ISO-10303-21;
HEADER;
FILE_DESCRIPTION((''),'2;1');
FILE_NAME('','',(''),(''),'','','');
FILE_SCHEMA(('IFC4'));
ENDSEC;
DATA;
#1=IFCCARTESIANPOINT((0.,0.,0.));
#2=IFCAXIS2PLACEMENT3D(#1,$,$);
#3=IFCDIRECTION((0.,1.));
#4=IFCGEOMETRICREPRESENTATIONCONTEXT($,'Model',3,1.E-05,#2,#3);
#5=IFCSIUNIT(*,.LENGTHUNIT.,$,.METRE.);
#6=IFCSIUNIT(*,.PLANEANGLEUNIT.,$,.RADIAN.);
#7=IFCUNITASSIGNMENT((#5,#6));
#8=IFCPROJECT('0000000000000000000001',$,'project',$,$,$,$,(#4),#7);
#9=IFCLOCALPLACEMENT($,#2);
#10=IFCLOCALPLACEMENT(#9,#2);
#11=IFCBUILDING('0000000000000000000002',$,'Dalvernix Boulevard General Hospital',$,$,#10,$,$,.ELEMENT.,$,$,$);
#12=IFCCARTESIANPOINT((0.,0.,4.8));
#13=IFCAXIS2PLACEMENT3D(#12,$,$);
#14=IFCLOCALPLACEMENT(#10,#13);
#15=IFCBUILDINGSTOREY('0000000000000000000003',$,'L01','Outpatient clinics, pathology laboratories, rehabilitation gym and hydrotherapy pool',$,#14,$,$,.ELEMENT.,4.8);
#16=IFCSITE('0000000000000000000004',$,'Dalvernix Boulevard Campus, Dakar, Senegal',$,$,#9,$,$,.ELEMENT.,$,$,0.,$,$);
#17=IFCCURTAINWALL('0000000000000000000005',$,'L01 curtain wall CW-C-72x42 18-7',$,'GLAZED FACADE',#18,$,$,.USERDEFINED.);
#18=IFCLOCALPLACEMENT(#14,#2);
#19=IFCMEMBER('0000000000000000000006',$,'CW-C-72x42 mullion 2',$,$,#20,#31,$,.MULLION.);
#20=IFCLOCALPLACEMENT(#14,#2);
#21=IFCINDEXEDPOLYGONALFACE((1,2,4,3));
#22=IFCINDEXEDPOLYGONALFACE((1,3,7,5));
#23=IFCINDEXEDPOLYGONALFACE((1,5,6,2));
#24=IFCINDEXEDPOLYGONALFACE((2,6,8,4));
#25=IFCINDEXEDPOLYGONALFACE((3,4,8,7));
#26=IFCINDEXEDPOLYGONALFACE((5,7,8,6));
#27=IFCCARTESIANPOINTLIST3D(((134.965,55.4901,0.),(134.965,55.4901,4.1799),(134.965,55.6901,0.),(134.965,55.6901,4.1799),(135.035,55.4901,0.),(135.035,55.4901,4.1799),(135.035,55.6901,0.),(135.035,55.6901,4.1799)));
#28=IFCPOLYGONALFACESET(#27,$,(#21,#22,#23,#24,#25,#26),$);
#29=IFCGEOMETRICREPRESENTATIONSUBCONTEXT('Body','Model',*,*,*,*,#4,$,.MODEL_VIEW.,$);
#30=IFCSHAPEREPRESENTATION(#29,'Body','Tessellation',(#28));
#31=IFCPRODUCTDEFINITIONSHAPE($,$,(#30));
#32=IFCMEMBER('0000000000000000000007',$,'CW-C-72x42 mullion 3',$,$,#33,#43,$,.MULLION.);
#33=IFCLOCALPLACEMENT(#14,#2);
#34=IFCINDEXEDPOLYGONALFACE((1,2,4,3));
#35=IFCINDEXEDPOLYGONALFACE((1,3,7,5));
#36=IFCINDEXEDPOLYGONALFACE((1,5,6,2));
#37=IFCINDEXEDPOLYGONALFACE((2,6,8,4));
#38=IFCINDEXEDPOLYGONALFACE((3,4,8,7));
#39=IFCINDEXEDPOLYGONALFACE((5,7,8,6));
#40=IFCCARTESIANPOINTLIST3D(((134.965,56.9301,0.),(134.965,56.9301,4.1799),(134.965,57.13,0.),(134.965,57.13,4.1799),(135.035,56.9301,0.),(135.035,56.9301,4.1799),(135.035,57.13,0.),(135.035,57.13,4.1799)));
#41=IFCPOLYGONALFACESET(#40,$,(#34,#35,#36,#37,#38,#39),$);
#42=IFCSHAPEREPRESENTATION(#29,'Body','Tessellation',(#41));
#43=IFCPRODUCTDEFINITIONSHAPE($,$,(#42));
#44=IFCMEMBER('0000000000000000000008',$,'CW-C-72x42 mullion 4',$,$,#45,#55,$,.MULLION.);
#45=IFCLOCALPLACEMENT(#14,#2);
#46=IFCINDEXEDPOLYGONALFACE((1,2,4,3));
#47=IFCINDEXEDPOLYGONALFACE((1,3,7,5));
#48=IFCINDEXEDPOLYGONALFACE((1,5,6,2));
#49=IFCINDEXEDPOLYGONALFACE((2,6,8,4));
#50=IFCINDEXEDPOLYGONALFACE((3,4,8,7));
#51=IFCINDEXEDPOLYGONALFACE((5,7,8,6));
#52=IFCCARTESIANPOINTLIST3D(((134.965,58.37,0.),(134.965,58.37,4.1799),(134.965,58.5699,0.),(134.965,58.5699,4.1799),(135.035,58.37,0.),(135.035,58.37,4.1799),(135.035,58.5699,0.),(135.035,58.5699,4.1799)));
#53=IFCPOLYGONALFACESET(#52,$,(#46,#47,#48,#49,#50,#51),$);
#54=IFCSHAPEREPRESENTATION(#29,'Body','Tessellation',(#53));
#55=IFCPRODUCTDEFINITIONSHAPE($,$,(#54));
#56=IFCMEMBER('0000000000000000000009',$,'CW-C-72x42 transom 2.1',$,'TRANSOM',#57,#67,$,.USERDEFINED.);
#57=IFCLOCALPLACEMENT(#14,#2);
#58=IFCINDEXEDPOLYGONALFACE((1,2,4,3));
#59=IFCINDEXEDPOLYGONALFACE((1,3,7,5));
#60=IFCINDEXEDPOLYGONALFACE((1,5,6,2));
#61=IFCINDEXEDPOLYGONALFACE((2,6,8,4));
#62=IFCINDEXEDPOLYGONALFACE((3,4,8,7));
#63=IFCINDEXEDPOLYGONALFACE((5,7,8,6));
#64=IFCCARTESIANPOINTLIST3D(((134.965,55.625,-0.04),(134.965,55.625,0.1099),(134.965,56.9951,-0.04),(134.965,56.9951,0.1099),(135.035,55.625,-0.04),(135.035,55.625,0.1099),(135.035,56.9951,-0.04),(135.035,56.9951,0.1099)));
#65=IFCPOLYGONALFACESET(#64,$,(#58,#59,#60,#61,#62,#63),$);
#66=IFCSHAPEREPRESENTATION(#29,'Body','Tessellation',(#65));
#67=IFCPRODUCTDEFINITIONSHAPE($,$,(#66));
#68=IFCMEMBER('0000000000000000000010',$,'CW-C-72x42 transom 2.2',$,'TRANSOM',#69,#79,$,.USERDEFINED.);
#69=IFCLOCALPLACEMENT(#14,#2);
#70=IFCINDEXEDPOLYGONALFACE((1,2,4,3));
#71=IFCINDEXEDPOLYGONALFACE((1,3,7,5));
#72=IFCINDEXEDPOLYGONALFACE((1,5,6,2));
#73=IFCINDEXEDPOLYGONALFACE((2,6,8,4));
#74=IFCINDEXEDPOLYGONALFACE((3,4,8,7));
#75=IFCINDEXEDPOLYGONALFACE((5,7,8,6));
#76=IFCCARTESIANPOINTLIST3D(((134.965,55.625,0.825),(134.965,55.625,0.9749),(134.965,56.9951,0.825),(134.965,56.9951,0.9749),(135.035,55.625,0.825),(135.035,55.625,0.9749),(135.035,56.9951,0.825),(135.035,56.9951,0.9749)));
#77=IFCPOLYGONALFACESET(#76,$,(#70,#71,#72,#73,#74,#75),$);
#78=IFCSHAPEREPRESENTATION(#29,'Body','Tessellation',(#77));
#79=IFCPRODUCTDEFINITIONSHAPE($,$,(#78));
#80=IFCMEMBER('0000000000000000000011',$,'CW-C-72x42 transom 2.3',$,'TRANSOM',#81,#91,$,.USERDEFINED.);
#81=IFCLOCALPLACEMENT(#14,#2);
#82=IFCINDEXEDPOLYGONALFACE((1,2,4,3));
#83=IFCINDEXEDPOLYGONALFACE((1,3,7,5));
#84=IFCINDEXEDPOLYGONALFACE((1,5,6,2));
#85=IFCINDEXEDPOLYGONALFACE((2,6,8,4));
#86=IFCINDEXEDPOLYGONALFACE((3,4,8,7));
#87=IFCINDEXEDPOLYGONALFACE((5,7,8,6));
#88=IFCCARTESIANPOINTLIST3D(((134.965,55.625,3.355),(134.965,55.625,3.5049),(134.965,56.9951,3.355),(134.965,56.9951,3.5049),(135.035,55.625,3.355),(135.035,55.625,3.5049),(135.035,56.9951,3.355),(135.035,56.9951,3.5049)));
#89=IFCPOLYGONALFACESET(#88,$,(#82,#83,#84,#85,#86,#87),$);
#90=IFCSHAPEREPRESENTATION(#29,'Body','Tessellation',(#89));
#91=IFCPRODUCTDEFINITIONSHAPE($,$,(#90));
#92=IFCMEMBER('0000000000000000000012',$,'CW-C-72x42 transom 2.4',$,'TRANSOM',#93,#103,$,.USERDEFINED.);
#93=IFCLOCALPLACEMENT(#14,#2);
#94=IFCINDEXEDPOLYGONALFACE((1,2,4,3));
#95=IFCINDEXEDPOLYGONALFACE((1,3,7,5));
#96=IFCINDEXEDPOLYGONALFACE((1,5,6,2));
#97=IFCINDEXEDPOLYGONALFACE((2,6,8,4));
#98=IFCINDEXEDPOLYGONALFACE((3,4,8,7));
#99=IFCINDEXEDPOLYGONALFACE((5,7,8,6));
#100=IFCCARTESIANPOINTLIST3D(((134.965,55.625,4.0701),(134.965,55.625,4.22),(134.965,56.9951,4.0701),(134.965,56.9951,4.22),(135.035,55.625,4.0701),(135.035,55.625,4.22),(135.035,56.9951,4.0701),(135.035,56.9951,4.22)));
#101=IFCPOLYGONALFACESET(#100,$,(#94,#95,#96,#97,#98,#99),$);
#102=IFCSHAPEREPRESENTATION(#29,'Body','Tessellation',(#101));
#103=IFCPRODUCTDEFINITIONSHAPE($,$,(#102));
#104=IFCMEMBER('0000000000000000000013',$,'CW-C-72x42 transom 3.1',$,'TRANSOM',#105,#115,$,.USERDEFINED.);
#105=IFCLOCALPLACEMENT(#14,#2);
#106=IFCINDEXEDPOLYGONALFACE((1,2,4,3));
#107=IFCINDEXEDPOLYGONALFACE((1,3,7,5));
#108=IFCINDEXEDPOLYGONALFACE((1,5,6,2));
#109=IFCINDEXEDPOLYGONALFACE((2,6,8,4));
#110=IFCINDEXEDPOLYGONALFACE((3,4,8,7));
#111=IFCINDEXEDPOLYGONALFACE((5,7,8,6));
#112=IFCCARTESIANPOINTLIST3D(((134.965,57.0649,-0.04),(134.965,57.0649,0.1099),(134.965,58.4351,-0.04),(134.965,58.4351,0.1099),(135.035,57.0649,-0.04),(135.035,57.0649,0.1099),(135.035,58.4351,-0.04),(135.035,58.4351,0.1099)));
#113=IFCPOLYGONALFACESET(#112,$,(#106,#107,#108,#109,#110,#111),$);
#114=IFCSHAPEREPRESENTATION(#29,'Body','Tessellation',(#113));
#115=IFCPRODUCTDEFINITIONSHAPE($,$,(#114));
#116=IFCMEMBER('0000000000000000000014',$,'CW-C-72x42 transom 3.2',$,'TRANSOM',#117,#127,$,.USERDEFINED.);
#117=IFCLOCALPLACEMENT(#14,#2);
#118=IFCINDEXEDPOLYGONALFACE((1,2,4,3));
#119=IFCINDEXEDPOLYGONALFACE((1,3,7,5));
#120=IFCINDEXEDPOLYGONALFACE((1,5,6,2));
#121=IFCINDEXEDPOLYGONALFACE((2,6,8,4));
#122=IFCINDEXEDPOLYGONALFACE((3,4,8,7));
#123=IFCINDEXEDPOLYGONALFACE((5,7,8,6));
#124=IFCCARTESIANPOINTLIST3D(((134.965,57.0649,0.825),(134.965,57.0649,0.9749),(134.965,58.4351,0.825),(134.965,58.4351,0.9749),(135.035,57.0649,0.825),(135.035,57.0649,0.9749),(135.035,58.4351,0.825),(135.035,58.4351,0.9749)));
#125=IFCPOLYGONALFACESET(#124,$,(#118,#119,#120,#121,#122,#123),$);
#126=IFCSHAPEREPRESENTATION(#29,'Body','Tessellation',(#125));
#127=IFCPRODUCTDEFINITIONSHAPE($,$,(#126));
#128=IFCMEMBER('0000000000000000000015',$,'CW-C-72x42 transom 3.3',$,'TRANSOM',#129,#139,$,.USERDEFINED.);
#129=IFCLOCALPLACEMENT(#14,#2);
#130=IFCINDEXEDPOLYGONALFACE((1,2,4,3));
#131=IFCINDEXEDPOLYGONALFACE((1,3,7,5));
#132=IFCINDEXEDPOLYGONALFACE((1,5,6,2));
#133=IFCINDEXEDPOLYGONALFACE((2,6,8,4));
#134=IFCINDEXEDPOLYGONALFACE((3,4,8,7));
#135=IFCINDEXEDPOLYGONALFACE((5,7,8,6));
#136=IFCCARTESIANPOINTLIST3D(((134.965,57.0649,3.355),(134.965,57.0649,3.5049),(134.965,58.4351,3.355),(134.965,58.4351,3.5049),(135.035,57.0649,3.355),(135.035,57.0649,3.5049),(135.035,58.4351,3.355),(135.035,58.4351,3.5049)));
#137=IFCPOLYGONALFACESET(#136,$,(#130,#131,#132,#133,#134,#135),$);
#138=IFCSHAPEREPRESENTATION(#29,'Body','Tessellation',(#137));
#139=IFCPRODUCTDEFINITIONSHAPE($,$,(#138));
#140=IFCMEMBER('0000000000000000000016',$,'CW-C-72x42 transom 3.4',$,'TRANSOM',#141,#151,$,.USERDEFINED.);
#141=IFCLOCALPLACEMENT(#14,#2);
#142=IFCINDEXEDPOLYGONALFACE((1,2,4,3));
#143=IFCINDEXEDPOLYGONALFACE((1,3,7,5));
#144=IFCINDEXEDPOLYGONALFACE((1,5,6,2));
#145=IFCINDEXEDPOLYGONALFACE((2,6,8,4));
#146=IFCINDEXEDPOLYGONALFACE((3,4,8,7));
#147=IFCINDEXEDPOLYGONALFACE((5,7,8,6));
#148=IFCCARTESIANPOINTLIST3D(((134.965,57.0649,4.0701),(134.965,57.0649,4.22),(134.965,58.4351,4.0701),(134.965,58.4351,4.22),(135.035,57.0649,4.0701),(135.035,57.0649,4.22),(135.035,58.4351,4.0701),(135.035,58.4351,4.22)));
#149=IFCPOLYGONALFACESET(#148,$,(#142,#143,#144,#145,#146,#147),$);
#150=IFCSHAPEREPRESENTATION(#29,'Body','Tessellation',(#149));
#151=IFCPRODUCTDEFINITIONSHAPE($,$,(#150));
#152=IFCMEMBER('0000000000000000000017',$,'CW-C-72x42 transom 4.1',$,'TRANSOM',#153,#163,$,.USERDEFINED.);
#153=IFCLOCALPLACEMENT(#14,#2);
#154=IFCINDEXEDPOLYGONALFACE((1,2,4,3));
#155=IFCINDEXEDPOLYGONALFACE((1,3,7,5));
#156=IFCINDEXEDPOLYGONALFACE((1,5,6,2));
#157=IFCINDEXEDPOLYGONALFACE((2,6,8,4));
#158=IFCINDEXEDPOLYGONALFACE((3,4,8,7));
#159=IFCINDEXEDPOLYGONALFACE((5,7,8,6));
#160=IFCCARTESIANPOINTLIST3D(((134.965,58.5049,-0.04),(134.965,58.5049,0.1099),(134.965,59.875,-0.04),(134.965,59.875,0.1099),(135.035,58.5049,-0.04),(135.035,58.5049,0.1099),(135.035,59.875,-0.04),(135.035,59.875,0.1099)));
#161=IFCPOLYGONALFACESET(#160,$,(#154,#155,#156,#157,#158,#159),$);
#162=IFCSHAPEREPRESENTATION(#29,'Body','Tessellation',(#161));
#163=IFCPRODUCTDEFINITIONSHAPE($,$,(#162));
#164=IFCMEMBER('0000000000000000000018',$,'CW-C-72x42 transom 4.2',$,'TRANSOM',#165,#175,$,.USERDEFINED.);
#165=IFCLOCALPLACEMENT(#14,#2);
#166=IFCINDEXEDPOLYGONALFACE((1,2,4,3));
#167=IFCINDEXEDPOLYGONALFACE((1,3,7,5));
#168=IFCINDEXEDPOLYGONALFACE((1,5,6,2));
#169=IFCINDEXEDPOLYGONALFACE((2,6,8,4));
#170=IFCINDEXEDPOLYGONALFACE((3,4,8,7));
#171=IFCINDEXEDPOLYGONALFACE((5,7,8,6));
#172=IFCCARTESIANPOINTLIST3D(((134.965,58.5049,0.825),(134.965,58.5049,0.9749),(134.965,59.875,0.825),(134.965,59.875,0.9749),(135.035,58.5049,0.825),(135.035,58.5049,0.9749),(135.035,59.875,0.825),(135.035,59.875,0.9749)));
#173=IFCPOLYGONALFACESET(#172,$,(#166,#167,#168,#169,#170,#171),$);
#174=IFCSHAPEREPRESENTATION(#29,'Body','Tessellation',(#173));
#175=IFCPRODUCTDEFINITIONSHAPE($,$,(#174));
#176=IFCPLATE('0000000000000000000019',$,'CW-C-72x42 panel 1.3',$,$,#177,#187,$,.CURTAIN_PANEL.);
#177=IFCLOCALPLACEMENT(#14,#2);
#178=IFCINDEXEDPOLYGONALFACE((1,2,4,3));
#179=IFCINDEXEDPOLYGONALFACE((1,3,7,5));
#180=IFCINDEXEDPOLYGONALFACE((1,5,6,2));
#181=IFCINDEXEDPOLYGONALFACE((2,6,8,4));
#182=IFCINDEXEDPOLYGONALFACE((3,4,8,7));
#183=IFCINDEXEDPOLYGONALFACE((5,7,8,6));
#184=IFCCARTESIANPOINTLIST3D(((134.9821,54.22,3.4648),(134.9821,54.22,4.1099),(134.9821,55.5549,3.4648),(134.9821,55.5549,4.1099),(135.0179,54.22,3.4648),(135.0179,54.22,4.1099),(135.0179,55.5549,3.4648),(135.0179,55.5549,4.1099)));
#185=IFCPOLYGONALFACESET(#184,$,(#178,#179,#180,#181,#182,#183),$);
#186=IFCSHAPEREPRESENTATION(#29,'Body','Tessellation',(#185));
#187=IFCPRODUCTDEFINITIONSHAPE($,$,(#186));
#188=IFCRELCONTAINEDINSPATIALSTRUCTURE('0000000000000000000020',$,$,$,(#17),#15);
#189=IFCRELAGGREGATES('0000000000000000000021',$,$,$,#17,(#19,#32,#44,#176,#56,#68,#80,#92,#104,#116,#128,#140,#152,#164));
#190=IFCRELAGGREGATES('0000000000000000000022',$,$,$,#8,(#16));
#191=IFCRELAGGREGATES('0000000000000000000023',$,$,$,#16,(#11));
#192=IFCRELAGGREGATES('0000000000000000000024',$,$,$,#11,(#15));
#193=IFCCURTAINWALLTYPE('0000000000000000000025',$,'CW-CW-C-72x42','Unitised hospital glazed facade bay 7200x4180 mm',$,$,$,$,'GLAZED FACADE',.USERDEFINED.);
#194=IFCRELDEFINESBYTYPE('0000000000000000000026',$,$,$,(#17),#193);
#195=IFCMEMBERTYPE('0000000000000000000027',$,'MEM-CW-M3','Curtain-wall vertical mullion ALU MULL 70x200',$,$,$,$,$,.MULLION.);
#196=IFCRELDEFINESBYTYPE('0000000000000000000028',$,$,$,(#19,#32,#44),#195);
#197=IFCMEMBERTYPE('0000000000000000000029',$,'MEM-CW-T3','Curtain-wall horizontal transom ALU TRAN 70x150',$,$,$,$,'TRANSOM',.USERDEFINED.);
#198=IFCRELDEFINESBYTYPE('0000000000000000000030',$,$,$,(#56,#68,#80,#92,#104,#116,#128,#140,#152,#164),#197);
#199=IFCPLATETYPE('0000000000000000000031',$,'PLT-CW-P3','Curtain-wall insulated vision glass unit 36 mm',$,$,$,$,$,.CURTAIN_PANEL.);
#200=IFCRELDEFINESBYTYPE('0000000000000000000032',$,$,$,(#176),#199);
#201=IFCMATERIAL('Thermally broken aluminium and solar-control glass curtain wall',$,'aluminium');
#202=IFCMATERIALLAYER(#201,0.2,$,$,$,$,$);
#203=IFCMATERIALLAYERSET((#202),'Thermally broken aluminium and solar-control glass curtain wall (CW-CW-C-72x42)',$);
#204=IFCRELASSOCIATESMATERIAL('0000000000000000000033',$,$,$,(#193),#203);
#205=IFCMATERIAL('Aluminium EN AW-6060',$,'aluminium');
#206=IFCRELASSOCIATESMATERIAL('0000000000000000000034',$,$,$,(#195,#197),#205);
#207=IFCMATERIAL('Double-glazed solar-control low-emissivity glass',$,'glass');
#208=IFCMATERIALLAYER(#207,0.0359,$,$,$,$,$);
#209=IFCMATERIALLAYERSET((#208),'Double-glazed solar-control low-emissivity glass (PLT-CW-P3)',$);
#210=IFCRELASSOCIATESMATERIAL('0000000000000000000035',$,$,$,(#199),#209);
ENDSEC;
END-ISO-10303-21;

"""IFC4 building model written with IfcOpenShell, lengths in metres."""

from ifc_helpers import new_model, si_unit, direction, frame, origin, origin_2d, place, context, subcontext, project, spatial, rectangle, extrude, material, layer, layer_set, material_profile, profile_set, type_object, element, aggregate, save


model = new_model("IFC4")

# Units and contexts
model_context = context("Model", 3, precision=1e-05, world=origin(), true_north=direction((0.0, 1.0)))
body_context = subcontext(model_context, "Body", "Model", "MODEL_VIEW")
ifc_project = project(units=[si_unit("LENGTHUNIT", "METRE"), si_unit("PLANEANGLEUNIT", "RADIAN")], contexts=[model_context])

# Site, building, storey
site_placement = place(None, origin())
site = spatial("IfcSite", under=ifc_project, at=site_placement, Name="Dalvernix Boulevard Campus, Dakar, Senegal", CompositionType="ELEMENT", RefElevation=0.0)
building_placement = place(site_placement, origin())
building = spatial("IfcBuilding", under=site, at=building_placement, Name="Dalvernix Boulevard General Hospital", CompositionType="ELEMENT")
storey_placement = place(building_placement, frame((0.0, 0.0, 4.8)))
storey = spatial("IfcBuildingStorey", under=building, at=storey_placement, Name="L01", Description="Outpatient clinics, pathology laboratories, rehabilitation gym and hydrotherapy pool", CompositionType="ELEMENT", Elevation=4.8)

# Curtain wall, members, plate
ifc_material_1 = material(Name="Thermally broken aluminium and solar-control glass curtain wall", Category="aluminium")
ifc_layer_1 = layer(ifc_material_1, 0.2)
ifc_layer_set_1 = layer_set([ifc_layer_1], Name="Thermally broken aluminium and solar-control glass curtain wall (CW-CW-C-72x42)")
curtain_wall_type = type_object("IfcCurtainWallType", Name="CW-CW-C-72x42", Description="Unitised hospital glazed facade bay 7200x4180 mm", ElementType="GLAZED FACADE", PredefinedType="USERDEFINED", material=ifc_layer_set_1)
curtain_wall_placement = place(storey_placement, origin())
curtain_wall = element("IfcCurtainWall", 1, at=curtain_wall_placement, inside=storey, type_object=curtain_wall_type, Name="L01 curtain wall CW-C-72x42 18-7", ObjectType="GLAZED FACADE", PredefinedType="USERDEFINED")
ifc_material_2 = material(Name="Aluminium EN AW-6060", Category="aluminium")
ifc_material_profile_1 = material_profile(ifc_material_2, rectangle(XDim=0.0701, YDim=0.2, at=origin_2d()), Name="ALU MULL 70x200")
ifc_profile_set_1 = profile_set([ifc_material_profile_1], Name="Aluminium EN AW-6060")
member_type_1 = type_object("IfcMemberType", Name="MEM-CW-M3", Description="Curtain-wall vertical mullion ALU MULL 70x200", PredefinedType="MULLION", material=ifc_profile_set_1)
member_1_placement = place(storey_placement, frame((135.0, 55.5901, 0.0), z_axis=(0.0, 0.0, 1.0), x_axis=(-1.0, 0.0, 0.0)))
member_1 = element("IfcMember", 2, at=member_1_placement, type_object=member_type_1, Name="CW-C-72x42 mullion 2", PredefinedType="MULLION", context=body_context, shape_type="SweptSolid", body=[
    extrude(rectangle(XDim=0.0701, YDim=0.2, at=origin_2d()), origin(), (0.0, 0.0, 1.0), 4.1799),
])
member_2_placement = place(storey_placement, frame((135.0, 57.03, 0.0), z_axis=(0.0, 0.0, 1.0), x_axis=(-1.0, 0.0, 0.0)))
member_2 = element("IfcMember", 3, at=member_2_placement, type_object=member_type_1, Name="CW-C-72x42 mullion 3", PredefinedType="MULLION", context=body_context, shape_type="SweptSolid", body=[
    extrude(rectangle(XDim=0.0701, YDim=0.2, at=origin_2d()), origin(), (0.0, 0.0, 1.0), 4.1799),
])
member_3_placement = place(storey_placement, frame((135.0, 58.47, 0.0), z_axis=(0.0, 0.0, 1.0), x_axis=(-1.0, 0.0, 0.0)))
member_3 = element("IfcMember", 4, at=member_3_placement, type_object=member_type_1, Name="CW-C-72x42 mullion 4", PredefinedType="MULLION", context=body_context, shape_type="SweptSolid", body=[
    extrude(rectangle(XDim=0.0701, YDim=0.2, at=origin_2d()), origin(), (0.0, 0.0, 1.0), 4.1799),
])
ifc_material_profile_2 = material_profile(ifc_material_2, rectangle(XDim=0.0701, YDim=0.1499, at=origin_2d()), Name="ALU TRAN 70x150")
ifc_profile_set_2 = profile_set([ifc_material_profile_2], Name="Aluminium EN AW-6060")
member_type_2 = type_object("IfcMemberType", Name="MEM-CW-T3", Description="Curtain-wall horizontal transom ALU TRAN 70x150", ElementType="TRANSOM", PredefinedType="USERDEFINED", material=ifc_profile_set_2)
member_4_placement = place(storey_placement, frame((135.0, 55.625, 0.0349), z_axis=(0.0, 1.0, 0.0), x_axis=(-1.0, 0.0, 0.0)))
member_4 = element("IfcMember", 5, at=member_4_placement, type_object=member_type_2, Name="CW-C-72x42 transom 2.1", ObjectType="TRANSOM", PredefinedType="USERDEFINED", context=body_context, shape_type="SweptSolid", body=[
    extrude(rectangle(XDim=0.0701, YDim=0.1499, at=origin_2d()), origin(), (0.0, 0.0, 1.0), 1.3701),
])
member_5_placement = place(storey_placement, frame((135.0, 55.625, 0.8999), z_axis=(0.0, 1.0, 0.0), x_axis=(-1.0, 0.0, 0.0)))
member_5 = element("IfcMember", 6, at=member_5_placement, type_object=member_type_2, Name="CW-C-72x42 transom 2.2", ObjectType="TRANSOM", PredefinedType="USERDEFINED", context=body_context, shape_type="SweptSolid", body=[
    extrude(rectangle(XDim=0.0701, YDim=0.1499, at=origin_2d()), origin(), (0.0, 0.0, 1.0), 1.3701),
])
member_6_placement = place(storey_placement, frame((135.0, 55.625, 3.4299), z_axis=(0.0, 1.0, 0.0), x_axis=(-1.0, 0.0, 0.0)))
member_6 = element("IfcMember", 7, at=member_6_placement, type_object=member_type_2, Name="CW-C-72x42 transom 2.3", ObjectType="TRANSOM", PredefinedType="USERDEFINED", context=body_context, shape_type="SweptSolid", body=[
    extrude(rectangle(XDim=0.0701, YDim=0.1499, at=origin_2d()), origin(), (0.0, 0.0, 1.0), 1.3701),
])
member_7_placement = place(storey_placement, frame((135.0, 55.625, 4.145), z_axis=(0.0, 1.0, 0.0), x_axis=(-1.0, 0.0, 0.0)))
member_7 = element("IfcMember", 8, at=member_7_placement, type_object=member_type_2, Name="CW-C-72x42 transom 2.4", ObjectType="TRANSOM", PredefinedType="USERDEFINED", context=body_context, shape_type="SweptSolid", body=[
    extrude(rectangle(XDim=0.0701, YDim=0.1499, at=origin_2d()), origin(), (0.0, 0.0, 1.0), 1.3701),
])
member_8_placement = place(storey_placement, frame((135.0, 57.0649, 0.0349), z_axis=(0.0, 1.0, 0.0), x_axis=(-1.0, 0.0, 0.0)))
member_8 = element("IfcMember", 9, at=member_8_placement, type_object=member_type_2, Name="CW-C-72x42 transom 3.1", ObjectType="TRANSOM", PredefinedType="USERDEFINED", context=body_context, shape_type="SweptSolid", body=[
    extrude(rectangle(XDim=0.0701, YDim=0.1499, at=origin_2d()), origin(), (0.0, 0.0, 1.0), 1.3701),
])
member_9_placement = place(storey_placement, frame((135.0, 57.0649, 0.8999), z_axis=(0.0, 1.0, 0.0), x_axis=(-1.0, 0.0, 0.0)))
member_9 = element("IfcMember", 10, at=member_9_placement, type_object=member_type_2, Name="CW-C-72x42 transom 3.2", ObjectType="TRANSOM", PredefinedType="USERDEFINED", context=body_context, shape_type="SweptSolid", body=[
    extrude(rectangle(XDim=0.0701, YDim=0.1499, at=origin_2d()), origin(), (0.0, 0.0, 1.0), 1.3701),
])
member_10_placement = place(storey_placement, frame((135.0, 57.0649, 3.4299), z_axis=(0.0, 1.0, 0.0), x_axis=(-1.0, 0.0, 0.0)))
member_10 = element("IfcMember", 11, at=member_10_placement, type_object=member_type_2, Name="CW-C-72x42 transom 3.3", ObjectType="TRANSOM", PredefinedType="USERDEFINED", context=body_context, shape_type="SweptSolid", body=[
    extrude(rectangle(XDim=0.0701, YDim=0.1499, at=origin_2d()), origin(), (0.0, 0.0, 1.0), 1.3701),
])
member_11_placement = place(storey_placement, frame((135.0, 57.0649, 4.145), z_axis=(0.0, 1.0, 0.0), x_axis=(-1.0, 0.0, 0.0)))
member_11 = element("IfcMember", 12, at=member_11_placement, type_object=member_type_2, Name="CW-C-72x42 transom 3.4", ObjectType="TRANSOM", PredefinedType="USERDEFINED", context=body_context, shape_type="SweptSolid", body=[
    extrude(rectangle(XDim=0.0701, YDim=0.1499, at=origin_2d()), origin(), (0.0, 0.0, 1.0), 1.3701),
])
member_12_placement = place(storey_placement, frame((135.0, 58.5049, 0.0349), z_axis=(0.0, 1.0, 0.0), x_axis=(-1.0, 0.0, 0.0)))
member_12 = element("IfcMember", 13, at=member_12_placement, type_object=member_type_2, Name="CW-C-72x42 transom 4.1", ObjectType="TRANSOM", PredefinedType="USERDEFINED", context=body_context, shape_type="SweptSolid", body=[
    extrude(rectangle(XDim=0.0701, YDim=0.1499, at=origin_2d()), origin(), (0.0, 0.0, 1.0), 1.3701),
])
member_13_placement = place(storey_placement, frame((135.0, 58.5049, 0.8999), z_axis=(0.0, 1.0, 0.0), x_axis=(-1.0, 0.0, 0.0)))
member_13 = element("IfcMember", 14, at=member_13_placement, type_object=member_type_2, Name="CW-C-72x42 transom 4.2", ObjectType="TRANSOM", PredefinedType="USERDEFINED", context=body_context, shape_type="SweptSolid", body=[
    extrude(rectangle(XDim=0.0701, YDim=0.1499, at=origin_2d()), origin(), (0.0, 0.0, 1.0), 1.3701),
])
ifc_material_3 = material(Name="Double-glazed solar-control low-emissivity glass", Category="glass")
ifc_layer_2 = layer(ifc_material_3, 0.0359)
ifc_layer_set_2 = layer_set([ifc_layer_2], Name="Double-glazed solar-control low-emissivity glass (PLT-CW-P3)")
plate_type = type_object("IfcPlateType", Name="PLT-CW-P3", Description="Curtain-wall insulated vision glass unit 36 mm", PredefinedType="CURTAIN_PANEL", material=ifc_layer_set_2)
plate_1_placement = place(storey_placement, frame((135.0, 54.8875, 3.4648), z_axis=(0.0, 0.0, 1.0), x_axis=(0.0, 1.0, 0.0)))
plate_1 = element("IfcPlate", 15, at=plate_1_placement, type_object=plate_type, Name="CW-C-72x42 panel 1.3", PredefinedType="CURTAIN_PANEL", context=body_context, shape_type="SweptSolid", body=[
    extrude(rectangle(XDim=1.335, YDim=0.0359, at=origin_2d()), origin(), (0.0, 0.0, 1.0), 0.645),
])
aggregate(curtain_wall, [member_1, member_2, member_3, plate_1, member_4, member_5, member_6, member_7, member_8, member_9, member_10, member_11, member_12, member_13])

save(model, "model.ifc")
